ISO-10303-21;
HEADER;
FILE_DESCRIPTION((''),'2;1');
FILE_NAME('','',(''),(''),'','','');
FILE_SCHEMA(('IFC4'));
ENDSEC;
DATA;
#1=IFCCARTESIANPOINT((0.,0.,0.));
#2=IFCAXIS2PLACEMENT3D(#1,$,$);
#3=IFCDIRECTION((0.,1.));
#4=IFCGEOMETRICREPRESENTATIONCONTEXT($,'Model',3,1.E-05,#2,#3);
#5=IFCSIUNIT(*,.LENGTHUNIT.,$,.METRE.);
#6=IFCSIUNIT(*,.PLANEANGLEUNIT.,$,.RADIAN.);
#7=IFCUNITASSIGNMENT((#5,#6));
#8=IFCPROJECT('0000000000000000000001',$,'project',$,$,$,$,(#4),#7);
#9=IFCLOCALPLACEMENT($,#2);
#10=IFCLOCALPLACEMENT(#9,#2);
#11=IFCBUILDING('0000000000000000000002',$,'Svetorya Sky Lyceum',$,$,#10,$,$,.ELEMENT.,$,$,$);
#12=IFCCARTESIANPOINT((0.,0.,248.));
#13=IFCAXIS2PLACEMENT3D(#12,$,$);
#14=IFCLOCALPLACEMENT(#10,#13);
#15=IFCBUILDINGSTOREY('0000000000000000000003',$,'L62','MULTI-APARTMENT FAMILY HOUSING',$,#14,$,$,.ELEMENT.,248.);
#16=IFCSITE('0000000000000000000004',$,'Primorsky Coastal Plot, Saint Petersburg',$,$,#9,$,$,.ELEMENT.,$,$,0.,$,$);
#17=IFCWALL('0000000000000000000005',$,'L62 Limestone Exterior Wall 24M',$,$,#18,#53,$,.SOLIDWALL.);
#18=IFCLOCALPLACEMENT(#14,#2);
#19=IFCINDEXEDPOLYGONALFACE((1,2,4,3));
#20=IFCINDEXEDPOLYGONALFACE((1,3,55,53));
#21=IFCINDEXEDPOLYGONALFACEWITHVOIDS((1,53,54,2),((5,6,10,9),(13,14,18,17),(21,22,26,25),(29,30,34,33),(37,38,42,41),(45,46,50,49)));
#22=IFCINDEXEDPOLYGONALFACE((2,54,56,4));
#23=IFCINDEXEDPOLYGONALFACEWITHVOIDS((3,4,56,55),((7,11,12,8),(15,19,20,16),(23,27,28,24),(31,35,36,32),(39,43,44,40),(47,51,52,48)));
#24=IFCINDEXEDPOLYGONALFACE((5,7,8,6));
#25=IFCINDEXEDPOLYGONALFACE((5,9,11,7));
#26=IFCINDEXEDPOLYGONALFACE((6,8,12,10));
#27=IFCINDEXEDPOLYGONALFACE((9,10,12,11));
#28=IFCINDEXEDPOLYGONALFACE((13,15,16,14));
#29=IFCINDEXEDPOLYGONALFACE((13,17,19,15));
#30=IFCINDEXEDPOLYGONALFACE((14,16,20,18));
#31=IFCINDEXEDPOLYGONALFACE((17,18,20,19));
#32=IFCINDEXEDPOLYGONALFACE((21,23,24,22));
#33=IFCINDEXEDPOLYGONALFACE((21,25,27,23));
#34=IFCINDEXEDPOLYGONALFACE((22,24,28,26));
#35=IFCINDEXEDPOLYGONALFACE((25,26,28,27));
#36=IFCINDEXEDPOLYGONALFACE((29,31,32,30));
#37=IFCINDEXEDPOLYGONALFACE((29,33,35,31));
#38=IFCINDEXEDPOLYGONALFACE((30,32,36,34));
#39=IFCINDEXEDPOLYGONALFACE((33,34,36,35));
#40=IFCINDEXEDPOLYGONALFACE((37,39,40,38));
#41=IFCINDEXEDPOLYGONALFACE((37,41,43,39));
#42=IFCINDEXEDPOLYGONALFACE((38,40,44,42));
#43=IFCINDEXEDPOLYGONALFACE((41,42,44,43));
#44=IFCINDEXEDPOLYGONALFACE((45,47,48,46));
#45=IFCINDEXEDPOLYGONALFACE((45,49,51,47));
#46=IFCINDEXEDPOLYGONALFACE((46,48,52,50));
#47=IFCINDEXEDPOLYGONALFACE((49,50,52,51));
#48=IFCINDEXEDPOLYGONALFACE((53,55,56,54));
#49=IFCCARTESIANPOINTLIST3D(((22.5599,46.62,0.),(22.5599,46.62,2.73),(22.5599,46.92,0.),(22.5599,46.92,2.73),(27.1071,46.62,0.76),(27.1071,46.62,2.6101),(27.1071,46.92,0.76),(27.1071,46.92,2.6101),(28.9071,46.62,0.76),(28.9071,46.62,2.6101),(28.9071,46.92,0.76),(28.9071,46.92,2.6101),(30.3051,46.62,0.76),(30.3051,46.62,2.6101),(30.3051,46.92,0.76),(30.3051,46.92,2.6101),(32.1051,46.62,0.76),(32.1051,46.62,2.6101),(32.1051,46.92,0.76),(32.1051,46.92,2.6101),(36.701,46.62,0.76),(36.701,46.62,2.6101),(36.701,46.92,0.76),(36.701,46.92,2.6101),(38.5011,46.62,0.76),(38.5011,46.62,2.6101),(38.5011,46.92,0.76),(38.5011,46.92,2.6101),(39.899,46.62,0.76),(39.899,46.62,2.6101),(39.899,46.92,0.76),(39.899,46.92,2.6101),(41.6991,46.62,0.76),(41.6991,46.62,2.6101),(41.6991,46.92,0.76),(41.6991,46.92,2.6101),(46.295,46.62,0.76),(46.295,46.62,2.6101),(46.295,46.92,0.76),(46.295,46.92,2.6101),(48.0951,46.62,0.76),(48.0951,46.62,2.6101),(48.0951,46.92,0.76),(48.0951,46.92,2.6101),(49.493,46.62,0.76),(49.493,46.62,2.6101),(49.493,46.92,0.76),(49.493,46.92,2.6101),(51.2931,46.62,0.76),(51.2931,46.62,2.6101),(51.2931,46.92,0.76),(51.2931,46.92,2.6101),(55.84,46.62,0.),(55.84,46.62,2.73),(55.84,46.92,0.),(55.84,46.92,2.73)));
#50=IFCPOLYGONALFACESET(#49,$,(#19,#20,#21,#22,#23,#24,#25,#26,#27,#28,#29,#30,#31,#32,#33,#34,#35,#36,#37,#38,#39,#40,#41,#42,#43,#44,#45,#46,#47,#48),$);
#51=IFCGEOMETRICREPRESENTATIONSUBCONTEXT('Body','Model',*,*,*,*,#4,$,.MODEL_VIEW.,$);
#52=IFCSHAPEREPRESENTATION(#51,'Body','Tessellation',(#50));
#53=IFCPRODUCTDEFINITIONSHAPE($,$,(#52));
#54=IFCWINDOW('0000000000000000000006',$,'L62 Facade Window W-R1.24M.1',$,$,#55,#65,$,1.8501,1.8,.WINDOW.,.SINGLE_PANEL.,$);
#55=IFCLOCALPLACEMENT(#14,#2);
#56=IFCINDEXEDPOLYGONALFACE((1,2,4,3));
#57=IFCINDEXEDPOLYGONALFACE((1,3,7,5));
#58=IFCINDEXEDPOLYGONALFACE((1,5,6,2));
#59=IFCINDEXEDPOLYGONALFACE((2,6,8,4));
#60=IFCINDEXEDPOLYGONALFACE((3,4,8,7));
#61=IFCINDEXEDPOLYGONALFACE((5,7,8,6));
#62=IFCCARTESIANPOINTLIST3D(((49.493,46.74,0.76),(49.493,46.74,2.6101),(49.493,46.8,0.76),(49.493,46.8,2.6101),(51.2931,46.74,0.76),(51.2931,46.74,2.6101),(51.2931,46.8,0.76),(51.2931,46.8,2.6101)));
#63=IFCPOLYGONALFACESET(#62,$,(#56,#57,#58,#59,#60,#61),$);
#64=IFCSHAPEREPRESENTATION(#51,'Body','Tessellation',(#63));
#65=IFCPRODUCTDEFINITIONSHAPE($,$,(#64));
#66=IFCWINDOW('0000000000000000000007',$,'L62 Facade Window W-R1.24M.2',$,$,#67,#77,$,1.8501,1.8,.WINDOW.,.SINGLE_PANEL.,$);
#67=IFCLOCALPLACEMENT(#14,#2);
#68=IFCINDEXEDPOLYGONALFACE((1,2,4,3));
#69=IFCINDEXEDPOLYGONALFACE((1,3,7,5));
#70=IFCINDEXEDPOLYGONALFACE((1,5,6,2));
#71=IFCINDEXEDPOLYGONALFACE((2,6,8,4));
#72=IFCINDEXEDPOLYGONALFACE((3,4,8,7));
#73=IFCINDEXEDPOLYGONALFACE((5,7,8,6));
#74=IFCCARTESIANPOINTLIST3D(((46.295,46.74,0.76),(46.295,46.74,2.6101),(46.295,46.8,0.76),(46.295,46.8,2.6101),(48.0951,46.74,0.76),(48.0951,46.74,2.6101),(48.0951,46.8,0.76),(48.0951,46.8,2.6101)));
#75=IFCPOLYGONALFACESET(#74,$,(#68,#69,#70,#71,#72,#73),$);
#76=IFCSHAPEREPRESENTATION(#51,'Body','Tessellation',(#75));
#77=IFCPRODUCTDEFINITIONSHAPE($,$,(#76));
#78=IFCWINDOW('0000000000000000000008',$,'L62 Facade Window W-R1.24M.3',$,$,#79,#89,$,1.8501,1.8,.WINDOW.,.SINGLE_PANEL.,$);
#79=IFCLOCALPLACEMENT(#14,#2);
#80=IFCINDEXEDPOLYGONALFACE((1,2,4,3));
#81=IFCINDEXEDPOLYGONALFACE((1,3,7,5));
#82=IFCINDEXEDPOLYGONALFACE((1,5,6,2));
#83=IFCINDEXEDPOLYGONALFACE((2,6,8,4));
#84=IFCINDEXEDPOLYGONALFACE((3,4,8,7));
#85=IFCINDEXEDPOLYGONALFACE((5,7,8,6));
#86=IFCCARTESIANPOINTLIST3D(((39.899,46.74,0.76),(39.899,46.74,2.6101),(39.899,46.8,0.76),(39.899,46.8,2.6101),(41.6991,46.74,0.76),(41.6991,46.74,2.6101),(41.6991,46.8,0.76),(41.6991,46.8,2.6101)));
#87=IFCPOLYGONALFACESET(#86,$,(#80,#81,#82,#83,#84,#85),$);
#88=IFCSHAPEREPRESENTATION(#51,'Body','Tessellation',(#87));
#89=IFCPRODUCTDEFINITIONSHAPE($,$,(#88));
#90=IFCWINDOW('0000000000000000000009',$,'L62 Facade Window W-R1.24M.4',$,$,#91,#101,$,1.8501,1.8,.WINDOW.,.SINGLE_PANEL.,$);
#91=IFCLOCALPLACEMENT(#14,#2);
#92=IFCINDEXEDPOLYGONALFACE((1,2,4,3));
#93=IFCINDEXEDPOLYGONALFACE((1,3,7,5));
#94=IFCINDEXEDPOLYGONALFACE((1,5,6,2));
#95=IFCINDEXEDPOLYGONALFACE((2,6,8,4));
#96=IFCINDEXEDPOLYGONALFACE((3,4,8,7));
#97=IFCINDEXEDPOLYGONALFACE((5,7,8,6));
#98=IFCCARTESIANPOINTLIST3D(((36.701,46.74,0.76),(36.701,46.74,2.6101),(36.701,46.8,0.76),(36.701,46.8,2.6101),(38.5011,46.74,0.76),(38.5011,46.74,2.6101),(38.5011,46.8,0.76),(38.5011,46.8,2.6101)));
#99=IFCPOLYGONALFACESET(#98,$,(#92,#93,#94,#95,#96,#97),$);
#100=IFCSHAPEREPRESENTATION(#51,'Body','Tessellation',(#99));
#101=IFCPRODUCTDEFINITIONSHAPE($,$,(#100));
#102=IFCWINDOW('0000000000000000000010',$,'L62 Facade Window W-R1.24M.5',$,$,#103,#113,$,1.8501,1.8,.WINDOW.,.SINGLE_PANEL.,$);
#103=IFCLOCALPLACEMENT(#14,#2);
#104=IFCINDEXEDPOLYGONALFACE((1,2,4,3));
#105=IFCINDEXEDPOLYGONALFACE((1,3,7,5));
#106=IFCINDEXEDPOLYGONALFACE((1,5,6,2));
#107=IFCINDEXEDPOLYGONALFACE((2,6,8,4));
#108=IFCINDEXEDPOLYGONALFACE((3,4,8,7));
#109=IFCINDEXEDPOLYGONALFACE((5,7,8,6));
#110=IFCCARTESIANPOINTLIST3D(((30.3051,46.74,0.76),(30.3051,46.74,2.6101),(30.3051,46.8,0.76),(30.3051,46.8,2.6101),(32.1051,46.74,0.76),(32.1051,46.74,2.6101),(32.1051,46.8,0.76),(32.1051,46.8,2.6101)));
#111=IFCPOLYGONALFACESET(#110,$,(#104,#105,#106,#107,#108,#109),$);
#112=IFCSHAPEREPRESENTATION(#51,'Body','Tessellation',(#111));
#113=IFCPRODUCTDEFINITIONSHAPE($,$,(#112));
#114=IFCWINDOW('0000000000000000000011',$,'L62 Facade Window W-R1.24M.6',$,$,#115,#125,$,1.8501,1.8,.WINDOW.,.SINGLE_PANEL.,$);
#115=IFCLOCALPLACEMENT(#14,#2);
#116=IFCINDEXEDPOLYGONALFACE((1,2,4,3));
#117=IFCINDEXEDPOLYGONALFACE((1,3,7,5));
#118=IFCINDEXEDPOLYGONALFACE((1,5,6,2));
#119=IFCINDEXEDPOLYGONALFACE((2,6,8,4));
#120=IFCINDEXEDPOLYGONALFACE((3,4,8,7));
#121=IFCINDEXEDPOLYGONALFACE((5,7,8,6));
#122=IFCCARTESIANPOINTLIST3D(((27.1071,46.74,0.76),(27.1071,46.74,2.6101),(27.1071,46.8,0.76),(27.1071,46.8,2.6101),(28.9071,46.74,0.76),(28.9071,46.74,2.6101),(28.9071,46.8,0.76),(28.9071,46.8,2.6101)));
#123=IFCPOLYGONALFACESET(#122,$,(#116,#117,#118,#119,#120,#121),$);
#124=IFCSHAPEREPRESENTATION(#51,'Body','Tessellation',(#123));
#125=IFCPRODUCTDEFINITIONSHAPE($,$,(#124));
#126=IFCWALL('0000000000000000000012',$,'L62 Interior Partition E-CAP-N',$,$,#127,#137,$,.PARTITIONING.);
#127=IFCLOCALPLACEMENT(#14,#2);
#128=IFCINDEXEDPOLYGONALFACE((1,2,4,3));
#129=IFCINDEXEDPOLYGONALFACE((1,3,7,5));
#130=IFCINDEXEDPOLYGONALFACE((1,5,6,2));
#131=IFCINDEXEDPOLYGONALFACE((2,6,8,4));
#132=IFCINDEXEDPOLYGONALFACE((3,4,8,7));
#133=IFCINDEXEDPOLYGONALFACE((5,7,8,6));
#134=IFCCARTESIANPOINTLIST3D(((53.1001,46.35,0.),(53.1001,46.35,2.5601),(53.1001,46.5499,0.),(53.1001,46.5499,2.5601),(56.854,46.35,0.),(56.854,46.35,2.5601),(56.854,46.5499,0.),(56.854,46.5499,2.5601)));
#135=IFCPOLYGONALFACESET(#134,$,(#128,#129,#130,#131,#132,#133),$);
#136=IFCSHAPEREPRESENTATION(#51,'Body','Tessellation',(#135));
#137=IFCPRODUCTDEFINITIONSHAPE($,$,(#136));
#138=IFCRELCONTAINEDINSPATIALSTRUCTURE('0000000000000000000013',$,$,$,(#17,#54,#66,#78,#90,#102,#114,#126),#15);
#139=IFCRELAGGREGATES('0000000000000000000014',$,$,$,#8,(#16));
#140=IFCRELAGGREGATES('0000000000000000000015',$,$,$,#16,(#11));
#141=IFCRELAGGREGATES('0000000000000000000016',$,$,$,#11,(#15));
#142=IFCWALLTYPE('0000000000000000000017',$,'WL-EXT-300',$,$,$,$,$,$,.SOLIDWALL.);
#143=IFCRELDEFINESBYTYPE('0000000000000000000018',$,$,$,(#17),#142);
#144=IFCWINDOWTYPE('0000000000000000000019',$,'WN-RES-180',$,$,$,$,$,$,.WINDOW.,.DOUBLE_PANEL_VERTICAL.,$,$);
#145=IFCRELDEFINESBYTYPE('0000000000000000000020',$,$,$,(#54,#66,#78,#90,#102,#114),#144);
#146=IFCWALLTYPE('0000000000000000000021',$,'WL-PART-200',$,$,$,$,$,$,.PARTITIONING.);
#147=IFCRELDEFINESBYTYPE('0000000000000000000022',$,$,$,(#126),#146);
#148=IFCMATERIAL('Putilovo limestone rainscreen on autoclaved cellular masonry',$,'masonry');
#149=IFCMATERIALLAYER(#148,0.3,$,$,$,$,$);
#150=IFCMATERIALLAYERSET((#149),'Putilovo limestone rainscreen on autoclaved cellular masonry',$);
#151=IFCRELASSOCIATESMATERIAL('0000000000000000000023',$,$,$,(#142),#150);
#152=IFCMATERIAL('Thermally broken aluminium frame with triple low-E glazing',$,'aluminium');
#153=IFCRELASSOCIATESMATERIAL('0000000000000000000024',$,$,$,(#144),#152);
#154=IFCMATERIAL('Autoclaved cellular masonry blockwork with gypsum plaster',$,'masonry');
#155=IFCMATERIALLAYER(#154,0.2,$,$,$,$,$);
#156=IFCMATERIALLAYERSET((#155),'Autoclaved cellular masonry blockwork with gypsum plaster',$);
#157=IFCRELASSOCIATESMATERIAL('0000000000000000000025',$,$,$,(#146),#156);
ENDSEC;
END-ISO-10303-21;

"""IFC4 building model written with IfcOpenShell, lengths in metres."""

from ifc_helpers import new_model, si_unit, direction, frame, frame_2d, origin, place, context, subcontext, project, spatial, rectangle, extrude, material, layer, layer_set, type_object, element, fill, save


model = new_model("IFC4")

# Units and contexts
model_context = context("Model", 3, precision=1e-05, world=origin(), true_north=direction((0.0, 1.0)))
body_context = subcontext(model_context, "Body", "Model", "MODEL_VIEW")
ifc_project = project(units=[si_unit("LENGTHUNIT", "METRE"), si_unit("PLANEANGLEUNIT", "RADIAN")], contexts=[model_context])

# Site, building, storey
site_placement = place(None, origin())
site = spatial("IfcSite", under=ifc_project, at=site_placement, Name="Primorsky Coastal Plot, Saint Petersburg", CompositionType="ELEMENT", RefElevation=0.0)
building_placement = place(site_placement, origin())
building = spatial("IfcBuilding", under=site, at=building_placement, Name="Svetorya Sky Lyceum", CompositionType="ELEMENT")
storey_placement = place(building_placement, frame((0.0, 0.0, 248.0)))
storey = spatial("IfcBuildingStorey", under=building, at=storey_placement, Name="L62", Description="MULTI-APARTMENT FAMILY HOUSING", CompositionType="ELEMENT", Elevation=248.0)

# Shared definitions
ifc_material_1 = material(Name="Putilovo limestone rainscreen on autoclaved cellular masonry", Category="masonry")
ifc_layer_1 = layer(ifc_material_1, 0.3)
ifc_layer_set_1 = layer_set([ifc_layer_1], Name="Putilovo limestone rainscreen on autoclaved cellular masonry")
wall_type_1 = type_object("IfcWallType", Name="WL-EXT-300", PredefinedType="SOLIDWALL", material=ifc_layer_set_1)

# Wall, openings, windows
wall_1_placement = place(storey_placement, frame((55.8401, 46.77, 0.0), z_axis=(0.0, 0.0, 1.0), x_axis=(-1.0, 0.0, 0.0)))
wall_1 = element("IfcWall", 1, at=wall_1_placement, inside=storey, type_object=wall_type_1, Name="L62 Limestone Exterior Wall 24M", PredefinedType="SOLIDWALL", context=body_context, shape_type="SweptSolid", body=[
    extrude(rectangle(XDim=33.28, YDim=0.3, at=frame_2d((16.6401, 0.0))), origin(), (0.0, 0.0, 1.0), 2.73),
])
opening_1_placement = place(wall_1_placement, frame((4.5471, 0.0, 0.76)))
opening_1 = element("IfcOpeningElement", 2, at=opening_1_placement, cuts=wall_1, PredefinedType="OPENING", context=body_context, shape_type="SweptSolid", body=[
    extrude(rectangle(XDim=1.8, YDim=1.8501, at=frame_2d((0.8999, 0.925))), frame((0.0, 0.1599, 0.0), z_axis=(0.0, -1.0, 0.0), x_axis=(1.0, 0.0, 0.0)), (0.0, 0.0, 1.0), 0.3201),
])
opening_2_placement = place(wall_1_placement, frame((7.7451, 0.0, 0.76)))
opening_2 = element("IfcOpeningElement", 3, at=opening_2_placement, cuts=wall_1, PredefinedType="OPENING", context=body_context, shape_type="SweptSolid", body=[
    extrude(rectangle(XDim=1.8, YDim=1.8501, at=frame_2d((0.8999, 0.925))), frame((0.0, 0.1599, 0.0), z_axis=(0.0, -1.0, 0.0), x_axis=(1.0, 0.0, 0.0)), (0.0, 0.0, 1.0), 0.3201),
])
opening_3_placement = place(wall_1_placement, frame((14.1411, 0.0, 0.76)))
opening_3 = element("IfcOpeningElement", 4, at=opening_3_placement, cuts=wall_1, PredefinedType="OPENING", context=body_context, shape_type="SweptSolid", body=[
    extrude(rectangle(XDim=1.8, YDim=1.8501, at=frame_2d((0.8999, 0.925))), frame((0.0, 0.1599, 0.0), z_axis=(0.0, -1.0, 0.0), x_axis=(1.0, 0.0, 0.0)), (0.0, 0.0, 1.0), 0.3201),
])
opening_4_placement = place(wall_1_placement, frame((17.3391, 0.0, 0.76)))
opening_4 = element("IfcOpeningElement", 5, at=opening_4_placement, cuts=wall_1, PredefinedType="OPENING", context=body_context, shape_type="SweptSolid", body=[
    extrude(rectangle(XDim=1.8, YDim=1.8501, at=frame_2d((0.8999, 0.925))), frame((0.0, 0.1599, 0.0), z_axis=(0.0, -1.0, 0.0), x_axis=(1.0, 0.0, 0.0)), (0.0, 0.0, 1.0), 0.3201),
])
opening_5_placement = place(wall_1_placement, frame((23.7351, 0.0, 0.76)))
opening_5 = element("IfcOpeningElement", 6, at=opening_5_placement, cuts=wall_1, PredefinedType="OPENING", context=body_context, shape_type="SweptSolid", body=[
    extrude(rectangle(XDim=1.8, YDim=1.8501, at=frame_2d((0.8999, 0.925))), frame((0.0, 0.1599, 0.0), z_axis=(0.0, -1.0, 0.0), x_axis=(1.0, 0.0, 0.0)), (0.0, 0.0, 1.0), 0.3201),
])
opening_6_placement = place(wall_1_placement, frame((26.9331, 0.0, 0.76)))
opening_6 = element("IfcOpeningElement", 7, at=opening_6_placement, cuts=wall_1, PredefinedType="OPENING", context=body_context, shape_type="SweptSolid", body=[
    extrude(rectangle(XDim=1.8, YDim=1.8501, at=frame_2d((0.8999, 0.925))), frame((0.0, 0.1599, 0.0), z_axis=(0.0, -1.0, 0.0), x_axis=(1.0, 0.0, 0.0)), (0.0, 0.0, 1.0), 0.3201),
])
ifc_material_2 = material(Name="Thermally broken aluminium frame with triple low-E glazing", Category="aluminium")
window_type = type_object("IfcWindowType", Name="WN-RES-180", PartitioningType="DOUBLE_PANEL_VERTICAL", PredefinedType="WINDOW", material=ifc_material_2)
window_1_placement = place(opening_1_placement, origin())
window_1 = element("IfcWindow", 8, at=window_1_placement, inside=storey, type_object=window_type, Name="L62 Facade Window W-R1.24M.1", OverallHeight=1.8501, OverallWidth=1.8, PartitioningType="SINGLE_PANEL", PredefinedType="WINDOW", context=body_context, shape_type="SweptSolid", body=[
    extrude(rectangle(XDim=1.8, YDim=1.8501, at=frame_2d((0.8999, 0.925))), frame((0.0, 0.03, 0.0), z_axis=(0.0, -1.0, 0.0), x_axis=(1.0, 0.0, 0.0)), (0.0, 0.0, 1.0), 0.0601),
])
fill(opening_1, window_1)
window_2_placement = place(opening_2_placement, origin())
window_2 = element("IfcWindow", 9, at=window_2_placement, inside=storey, type_object=window_type, Name="L62 Facade Window W-R1.24M.2", OverallHeight=1.8501, OverallWidth=1.8, PartitioningType="SINGLE_PANEL", PredefinedType="WINDOW", context=body_context, shape_type="SweptSolid", body=[
    extrude(rectangle(XDim=1.8, YDim=1.8501, at=frame_2d((0.8999, 0.925))), frame((0.0, 0.03, 0.0), z_axis=(0.0, -1.0, 0.0), x_axis=(1.0, 0.0, 0.0)), (0.0, 0.0, 1.0), 0.0601),
])
fill(opening_2, window_2)
window_3_placement = place(opening_3_placement, origin())
window_3 = element("IfcWindow", 10, at=window_3_placement, inside=storey, type_object=window_type, Name="L62 Facade Window W-R1.24M.3", OverallHeight=1.8501, OverallWidth=1.8, PartitioningType="SINGLE_PANEL", PredefinedType="WINDOW", context=body_context, shape_type="SweptSolid", body=[
    extrude(rectangle(XDim=1.8, YDim=1.8501, at=frame_2d((0.8999, 0.925))), frame((0.0, 0.03, 0.0), z_axis=(0.0, -1.0, 0.0), x_axis=(1.0, 0.0, 0.0)), (0.0, 0.0, 1.0), 0.0601),
])
fill(opening_3, window_3)
window_4_placement = place(opening_4_placement, origin())
window_4 = element("IfcWindow", 11, at=window_4_placement, inside=storey, type_object=window_type, Name="L62 Facade Window W-R1.24M.4", OverallHeight=1.8501, OverallWidth=1.8, PartitioningType="SINGLE_PANEL", PredefinedType="WINDOW", context=body_context, shape_type="SweptSolid", body=[
    extrude(rectangle(XDim=1.8, YDim=1.8501, at=frame_2d((0.8999, 0.925))), frame((0.0, 0.03, 0.0), z_axis=(0.0, -1.0, 0.0), x_axis=(1.0, 0.0, 0.0)), (0.0, 0.0, 1.0), 0.0601),
])
fill(opening_4, window_4)
window_5_placement = place(opening_5_placement, origin())
window_5 = element("IfcWindow", 12, at=window_5_placement, inside=storey, type_object=window_type, Name="L62 Facade Window W-R1.24M.5", OverallHeight=1.8501, OverallWidth=1.8, PartitioningType="SINGLE_PANEL", PredefinedType="WINDOW", context=body_context, shape_type="SweptSolid", body=[
    extrude(rectangle(XDim=1.8, YDim=1.8501, at=frame_2d((0.8999, 0.925))), frame((0.0, 0.03, 0.0), z_axis=(0.0, -1.0, 0.0), x_axis=(1.0, 0.0, 0.0)), (0.0, 0.0, 1.0), 0.0601),
])
fill(opening_5, window_5)
window_6_placement = place(opening_6_placement, origin())
window_6 = element("IfcWindow", 13, at=window_6_placement, inside=storey, type_object=window_type, Name="L62 Facade Window W-R1.24M.6", OverallHeight=1.8501, OverallWidth=1.8, PartitioningType="SINGLE_PANEL", PredefinedType="WINDOW", context=body_context, shape_type="SweptSolid", body=[
    extrude(rectangle(XDim=1.8, YDim=1.8501, at=frame_2d((0.8999, 0.925))), frame((0.0, 0.03, 0.0), z_axis=(0.0, -1.0, 0.0), x_axis=(1.0, 0.0, 0.0)), (0.0, 0.0, 1.0), 0.0601),
])
fill(opening_6, window_6)

# Wall
ifc_material_3 = material(Name="Autoclaved cellular masonry blockwork with gypsum plaster", Category="masonry")
ifc_layer_2 = layer(ifc_material_3, 0.2)
ifc_layer_set_2 = layer_set([ifc_layer_2], Name="Autoclaved cellular masonry blockwork with gypsum plaster")
wall_type_2 = type_object("IfcWallType", Name="WL-PART-200", PredefinedType="PARTITIONING", material=ifc_layer_set_2)
wall_2_placement = place(storey_placement, frame((53.1001, 46.45, 0.0), z_axis=(0.0, 0.0, 1.0), x_axis=(1.0, 0.0, 0.0)))
element("IfcWall", 14, at=wall_2_placement, inside=storey, type_object=wall_type_2, Name="L62 Interior Partition E-CAP-N", PredefinedType="PARTITIONING", context=body_context, shape_type="SweptSolid", body=[
    extrude(rectangle(XDim=3.7539, YDim=0.2, at=frame_2d((1.877, 0.0))), origin(), (0.0, 0.0, 1.0), 2.5601),
])

save(model, "model.ifc")
